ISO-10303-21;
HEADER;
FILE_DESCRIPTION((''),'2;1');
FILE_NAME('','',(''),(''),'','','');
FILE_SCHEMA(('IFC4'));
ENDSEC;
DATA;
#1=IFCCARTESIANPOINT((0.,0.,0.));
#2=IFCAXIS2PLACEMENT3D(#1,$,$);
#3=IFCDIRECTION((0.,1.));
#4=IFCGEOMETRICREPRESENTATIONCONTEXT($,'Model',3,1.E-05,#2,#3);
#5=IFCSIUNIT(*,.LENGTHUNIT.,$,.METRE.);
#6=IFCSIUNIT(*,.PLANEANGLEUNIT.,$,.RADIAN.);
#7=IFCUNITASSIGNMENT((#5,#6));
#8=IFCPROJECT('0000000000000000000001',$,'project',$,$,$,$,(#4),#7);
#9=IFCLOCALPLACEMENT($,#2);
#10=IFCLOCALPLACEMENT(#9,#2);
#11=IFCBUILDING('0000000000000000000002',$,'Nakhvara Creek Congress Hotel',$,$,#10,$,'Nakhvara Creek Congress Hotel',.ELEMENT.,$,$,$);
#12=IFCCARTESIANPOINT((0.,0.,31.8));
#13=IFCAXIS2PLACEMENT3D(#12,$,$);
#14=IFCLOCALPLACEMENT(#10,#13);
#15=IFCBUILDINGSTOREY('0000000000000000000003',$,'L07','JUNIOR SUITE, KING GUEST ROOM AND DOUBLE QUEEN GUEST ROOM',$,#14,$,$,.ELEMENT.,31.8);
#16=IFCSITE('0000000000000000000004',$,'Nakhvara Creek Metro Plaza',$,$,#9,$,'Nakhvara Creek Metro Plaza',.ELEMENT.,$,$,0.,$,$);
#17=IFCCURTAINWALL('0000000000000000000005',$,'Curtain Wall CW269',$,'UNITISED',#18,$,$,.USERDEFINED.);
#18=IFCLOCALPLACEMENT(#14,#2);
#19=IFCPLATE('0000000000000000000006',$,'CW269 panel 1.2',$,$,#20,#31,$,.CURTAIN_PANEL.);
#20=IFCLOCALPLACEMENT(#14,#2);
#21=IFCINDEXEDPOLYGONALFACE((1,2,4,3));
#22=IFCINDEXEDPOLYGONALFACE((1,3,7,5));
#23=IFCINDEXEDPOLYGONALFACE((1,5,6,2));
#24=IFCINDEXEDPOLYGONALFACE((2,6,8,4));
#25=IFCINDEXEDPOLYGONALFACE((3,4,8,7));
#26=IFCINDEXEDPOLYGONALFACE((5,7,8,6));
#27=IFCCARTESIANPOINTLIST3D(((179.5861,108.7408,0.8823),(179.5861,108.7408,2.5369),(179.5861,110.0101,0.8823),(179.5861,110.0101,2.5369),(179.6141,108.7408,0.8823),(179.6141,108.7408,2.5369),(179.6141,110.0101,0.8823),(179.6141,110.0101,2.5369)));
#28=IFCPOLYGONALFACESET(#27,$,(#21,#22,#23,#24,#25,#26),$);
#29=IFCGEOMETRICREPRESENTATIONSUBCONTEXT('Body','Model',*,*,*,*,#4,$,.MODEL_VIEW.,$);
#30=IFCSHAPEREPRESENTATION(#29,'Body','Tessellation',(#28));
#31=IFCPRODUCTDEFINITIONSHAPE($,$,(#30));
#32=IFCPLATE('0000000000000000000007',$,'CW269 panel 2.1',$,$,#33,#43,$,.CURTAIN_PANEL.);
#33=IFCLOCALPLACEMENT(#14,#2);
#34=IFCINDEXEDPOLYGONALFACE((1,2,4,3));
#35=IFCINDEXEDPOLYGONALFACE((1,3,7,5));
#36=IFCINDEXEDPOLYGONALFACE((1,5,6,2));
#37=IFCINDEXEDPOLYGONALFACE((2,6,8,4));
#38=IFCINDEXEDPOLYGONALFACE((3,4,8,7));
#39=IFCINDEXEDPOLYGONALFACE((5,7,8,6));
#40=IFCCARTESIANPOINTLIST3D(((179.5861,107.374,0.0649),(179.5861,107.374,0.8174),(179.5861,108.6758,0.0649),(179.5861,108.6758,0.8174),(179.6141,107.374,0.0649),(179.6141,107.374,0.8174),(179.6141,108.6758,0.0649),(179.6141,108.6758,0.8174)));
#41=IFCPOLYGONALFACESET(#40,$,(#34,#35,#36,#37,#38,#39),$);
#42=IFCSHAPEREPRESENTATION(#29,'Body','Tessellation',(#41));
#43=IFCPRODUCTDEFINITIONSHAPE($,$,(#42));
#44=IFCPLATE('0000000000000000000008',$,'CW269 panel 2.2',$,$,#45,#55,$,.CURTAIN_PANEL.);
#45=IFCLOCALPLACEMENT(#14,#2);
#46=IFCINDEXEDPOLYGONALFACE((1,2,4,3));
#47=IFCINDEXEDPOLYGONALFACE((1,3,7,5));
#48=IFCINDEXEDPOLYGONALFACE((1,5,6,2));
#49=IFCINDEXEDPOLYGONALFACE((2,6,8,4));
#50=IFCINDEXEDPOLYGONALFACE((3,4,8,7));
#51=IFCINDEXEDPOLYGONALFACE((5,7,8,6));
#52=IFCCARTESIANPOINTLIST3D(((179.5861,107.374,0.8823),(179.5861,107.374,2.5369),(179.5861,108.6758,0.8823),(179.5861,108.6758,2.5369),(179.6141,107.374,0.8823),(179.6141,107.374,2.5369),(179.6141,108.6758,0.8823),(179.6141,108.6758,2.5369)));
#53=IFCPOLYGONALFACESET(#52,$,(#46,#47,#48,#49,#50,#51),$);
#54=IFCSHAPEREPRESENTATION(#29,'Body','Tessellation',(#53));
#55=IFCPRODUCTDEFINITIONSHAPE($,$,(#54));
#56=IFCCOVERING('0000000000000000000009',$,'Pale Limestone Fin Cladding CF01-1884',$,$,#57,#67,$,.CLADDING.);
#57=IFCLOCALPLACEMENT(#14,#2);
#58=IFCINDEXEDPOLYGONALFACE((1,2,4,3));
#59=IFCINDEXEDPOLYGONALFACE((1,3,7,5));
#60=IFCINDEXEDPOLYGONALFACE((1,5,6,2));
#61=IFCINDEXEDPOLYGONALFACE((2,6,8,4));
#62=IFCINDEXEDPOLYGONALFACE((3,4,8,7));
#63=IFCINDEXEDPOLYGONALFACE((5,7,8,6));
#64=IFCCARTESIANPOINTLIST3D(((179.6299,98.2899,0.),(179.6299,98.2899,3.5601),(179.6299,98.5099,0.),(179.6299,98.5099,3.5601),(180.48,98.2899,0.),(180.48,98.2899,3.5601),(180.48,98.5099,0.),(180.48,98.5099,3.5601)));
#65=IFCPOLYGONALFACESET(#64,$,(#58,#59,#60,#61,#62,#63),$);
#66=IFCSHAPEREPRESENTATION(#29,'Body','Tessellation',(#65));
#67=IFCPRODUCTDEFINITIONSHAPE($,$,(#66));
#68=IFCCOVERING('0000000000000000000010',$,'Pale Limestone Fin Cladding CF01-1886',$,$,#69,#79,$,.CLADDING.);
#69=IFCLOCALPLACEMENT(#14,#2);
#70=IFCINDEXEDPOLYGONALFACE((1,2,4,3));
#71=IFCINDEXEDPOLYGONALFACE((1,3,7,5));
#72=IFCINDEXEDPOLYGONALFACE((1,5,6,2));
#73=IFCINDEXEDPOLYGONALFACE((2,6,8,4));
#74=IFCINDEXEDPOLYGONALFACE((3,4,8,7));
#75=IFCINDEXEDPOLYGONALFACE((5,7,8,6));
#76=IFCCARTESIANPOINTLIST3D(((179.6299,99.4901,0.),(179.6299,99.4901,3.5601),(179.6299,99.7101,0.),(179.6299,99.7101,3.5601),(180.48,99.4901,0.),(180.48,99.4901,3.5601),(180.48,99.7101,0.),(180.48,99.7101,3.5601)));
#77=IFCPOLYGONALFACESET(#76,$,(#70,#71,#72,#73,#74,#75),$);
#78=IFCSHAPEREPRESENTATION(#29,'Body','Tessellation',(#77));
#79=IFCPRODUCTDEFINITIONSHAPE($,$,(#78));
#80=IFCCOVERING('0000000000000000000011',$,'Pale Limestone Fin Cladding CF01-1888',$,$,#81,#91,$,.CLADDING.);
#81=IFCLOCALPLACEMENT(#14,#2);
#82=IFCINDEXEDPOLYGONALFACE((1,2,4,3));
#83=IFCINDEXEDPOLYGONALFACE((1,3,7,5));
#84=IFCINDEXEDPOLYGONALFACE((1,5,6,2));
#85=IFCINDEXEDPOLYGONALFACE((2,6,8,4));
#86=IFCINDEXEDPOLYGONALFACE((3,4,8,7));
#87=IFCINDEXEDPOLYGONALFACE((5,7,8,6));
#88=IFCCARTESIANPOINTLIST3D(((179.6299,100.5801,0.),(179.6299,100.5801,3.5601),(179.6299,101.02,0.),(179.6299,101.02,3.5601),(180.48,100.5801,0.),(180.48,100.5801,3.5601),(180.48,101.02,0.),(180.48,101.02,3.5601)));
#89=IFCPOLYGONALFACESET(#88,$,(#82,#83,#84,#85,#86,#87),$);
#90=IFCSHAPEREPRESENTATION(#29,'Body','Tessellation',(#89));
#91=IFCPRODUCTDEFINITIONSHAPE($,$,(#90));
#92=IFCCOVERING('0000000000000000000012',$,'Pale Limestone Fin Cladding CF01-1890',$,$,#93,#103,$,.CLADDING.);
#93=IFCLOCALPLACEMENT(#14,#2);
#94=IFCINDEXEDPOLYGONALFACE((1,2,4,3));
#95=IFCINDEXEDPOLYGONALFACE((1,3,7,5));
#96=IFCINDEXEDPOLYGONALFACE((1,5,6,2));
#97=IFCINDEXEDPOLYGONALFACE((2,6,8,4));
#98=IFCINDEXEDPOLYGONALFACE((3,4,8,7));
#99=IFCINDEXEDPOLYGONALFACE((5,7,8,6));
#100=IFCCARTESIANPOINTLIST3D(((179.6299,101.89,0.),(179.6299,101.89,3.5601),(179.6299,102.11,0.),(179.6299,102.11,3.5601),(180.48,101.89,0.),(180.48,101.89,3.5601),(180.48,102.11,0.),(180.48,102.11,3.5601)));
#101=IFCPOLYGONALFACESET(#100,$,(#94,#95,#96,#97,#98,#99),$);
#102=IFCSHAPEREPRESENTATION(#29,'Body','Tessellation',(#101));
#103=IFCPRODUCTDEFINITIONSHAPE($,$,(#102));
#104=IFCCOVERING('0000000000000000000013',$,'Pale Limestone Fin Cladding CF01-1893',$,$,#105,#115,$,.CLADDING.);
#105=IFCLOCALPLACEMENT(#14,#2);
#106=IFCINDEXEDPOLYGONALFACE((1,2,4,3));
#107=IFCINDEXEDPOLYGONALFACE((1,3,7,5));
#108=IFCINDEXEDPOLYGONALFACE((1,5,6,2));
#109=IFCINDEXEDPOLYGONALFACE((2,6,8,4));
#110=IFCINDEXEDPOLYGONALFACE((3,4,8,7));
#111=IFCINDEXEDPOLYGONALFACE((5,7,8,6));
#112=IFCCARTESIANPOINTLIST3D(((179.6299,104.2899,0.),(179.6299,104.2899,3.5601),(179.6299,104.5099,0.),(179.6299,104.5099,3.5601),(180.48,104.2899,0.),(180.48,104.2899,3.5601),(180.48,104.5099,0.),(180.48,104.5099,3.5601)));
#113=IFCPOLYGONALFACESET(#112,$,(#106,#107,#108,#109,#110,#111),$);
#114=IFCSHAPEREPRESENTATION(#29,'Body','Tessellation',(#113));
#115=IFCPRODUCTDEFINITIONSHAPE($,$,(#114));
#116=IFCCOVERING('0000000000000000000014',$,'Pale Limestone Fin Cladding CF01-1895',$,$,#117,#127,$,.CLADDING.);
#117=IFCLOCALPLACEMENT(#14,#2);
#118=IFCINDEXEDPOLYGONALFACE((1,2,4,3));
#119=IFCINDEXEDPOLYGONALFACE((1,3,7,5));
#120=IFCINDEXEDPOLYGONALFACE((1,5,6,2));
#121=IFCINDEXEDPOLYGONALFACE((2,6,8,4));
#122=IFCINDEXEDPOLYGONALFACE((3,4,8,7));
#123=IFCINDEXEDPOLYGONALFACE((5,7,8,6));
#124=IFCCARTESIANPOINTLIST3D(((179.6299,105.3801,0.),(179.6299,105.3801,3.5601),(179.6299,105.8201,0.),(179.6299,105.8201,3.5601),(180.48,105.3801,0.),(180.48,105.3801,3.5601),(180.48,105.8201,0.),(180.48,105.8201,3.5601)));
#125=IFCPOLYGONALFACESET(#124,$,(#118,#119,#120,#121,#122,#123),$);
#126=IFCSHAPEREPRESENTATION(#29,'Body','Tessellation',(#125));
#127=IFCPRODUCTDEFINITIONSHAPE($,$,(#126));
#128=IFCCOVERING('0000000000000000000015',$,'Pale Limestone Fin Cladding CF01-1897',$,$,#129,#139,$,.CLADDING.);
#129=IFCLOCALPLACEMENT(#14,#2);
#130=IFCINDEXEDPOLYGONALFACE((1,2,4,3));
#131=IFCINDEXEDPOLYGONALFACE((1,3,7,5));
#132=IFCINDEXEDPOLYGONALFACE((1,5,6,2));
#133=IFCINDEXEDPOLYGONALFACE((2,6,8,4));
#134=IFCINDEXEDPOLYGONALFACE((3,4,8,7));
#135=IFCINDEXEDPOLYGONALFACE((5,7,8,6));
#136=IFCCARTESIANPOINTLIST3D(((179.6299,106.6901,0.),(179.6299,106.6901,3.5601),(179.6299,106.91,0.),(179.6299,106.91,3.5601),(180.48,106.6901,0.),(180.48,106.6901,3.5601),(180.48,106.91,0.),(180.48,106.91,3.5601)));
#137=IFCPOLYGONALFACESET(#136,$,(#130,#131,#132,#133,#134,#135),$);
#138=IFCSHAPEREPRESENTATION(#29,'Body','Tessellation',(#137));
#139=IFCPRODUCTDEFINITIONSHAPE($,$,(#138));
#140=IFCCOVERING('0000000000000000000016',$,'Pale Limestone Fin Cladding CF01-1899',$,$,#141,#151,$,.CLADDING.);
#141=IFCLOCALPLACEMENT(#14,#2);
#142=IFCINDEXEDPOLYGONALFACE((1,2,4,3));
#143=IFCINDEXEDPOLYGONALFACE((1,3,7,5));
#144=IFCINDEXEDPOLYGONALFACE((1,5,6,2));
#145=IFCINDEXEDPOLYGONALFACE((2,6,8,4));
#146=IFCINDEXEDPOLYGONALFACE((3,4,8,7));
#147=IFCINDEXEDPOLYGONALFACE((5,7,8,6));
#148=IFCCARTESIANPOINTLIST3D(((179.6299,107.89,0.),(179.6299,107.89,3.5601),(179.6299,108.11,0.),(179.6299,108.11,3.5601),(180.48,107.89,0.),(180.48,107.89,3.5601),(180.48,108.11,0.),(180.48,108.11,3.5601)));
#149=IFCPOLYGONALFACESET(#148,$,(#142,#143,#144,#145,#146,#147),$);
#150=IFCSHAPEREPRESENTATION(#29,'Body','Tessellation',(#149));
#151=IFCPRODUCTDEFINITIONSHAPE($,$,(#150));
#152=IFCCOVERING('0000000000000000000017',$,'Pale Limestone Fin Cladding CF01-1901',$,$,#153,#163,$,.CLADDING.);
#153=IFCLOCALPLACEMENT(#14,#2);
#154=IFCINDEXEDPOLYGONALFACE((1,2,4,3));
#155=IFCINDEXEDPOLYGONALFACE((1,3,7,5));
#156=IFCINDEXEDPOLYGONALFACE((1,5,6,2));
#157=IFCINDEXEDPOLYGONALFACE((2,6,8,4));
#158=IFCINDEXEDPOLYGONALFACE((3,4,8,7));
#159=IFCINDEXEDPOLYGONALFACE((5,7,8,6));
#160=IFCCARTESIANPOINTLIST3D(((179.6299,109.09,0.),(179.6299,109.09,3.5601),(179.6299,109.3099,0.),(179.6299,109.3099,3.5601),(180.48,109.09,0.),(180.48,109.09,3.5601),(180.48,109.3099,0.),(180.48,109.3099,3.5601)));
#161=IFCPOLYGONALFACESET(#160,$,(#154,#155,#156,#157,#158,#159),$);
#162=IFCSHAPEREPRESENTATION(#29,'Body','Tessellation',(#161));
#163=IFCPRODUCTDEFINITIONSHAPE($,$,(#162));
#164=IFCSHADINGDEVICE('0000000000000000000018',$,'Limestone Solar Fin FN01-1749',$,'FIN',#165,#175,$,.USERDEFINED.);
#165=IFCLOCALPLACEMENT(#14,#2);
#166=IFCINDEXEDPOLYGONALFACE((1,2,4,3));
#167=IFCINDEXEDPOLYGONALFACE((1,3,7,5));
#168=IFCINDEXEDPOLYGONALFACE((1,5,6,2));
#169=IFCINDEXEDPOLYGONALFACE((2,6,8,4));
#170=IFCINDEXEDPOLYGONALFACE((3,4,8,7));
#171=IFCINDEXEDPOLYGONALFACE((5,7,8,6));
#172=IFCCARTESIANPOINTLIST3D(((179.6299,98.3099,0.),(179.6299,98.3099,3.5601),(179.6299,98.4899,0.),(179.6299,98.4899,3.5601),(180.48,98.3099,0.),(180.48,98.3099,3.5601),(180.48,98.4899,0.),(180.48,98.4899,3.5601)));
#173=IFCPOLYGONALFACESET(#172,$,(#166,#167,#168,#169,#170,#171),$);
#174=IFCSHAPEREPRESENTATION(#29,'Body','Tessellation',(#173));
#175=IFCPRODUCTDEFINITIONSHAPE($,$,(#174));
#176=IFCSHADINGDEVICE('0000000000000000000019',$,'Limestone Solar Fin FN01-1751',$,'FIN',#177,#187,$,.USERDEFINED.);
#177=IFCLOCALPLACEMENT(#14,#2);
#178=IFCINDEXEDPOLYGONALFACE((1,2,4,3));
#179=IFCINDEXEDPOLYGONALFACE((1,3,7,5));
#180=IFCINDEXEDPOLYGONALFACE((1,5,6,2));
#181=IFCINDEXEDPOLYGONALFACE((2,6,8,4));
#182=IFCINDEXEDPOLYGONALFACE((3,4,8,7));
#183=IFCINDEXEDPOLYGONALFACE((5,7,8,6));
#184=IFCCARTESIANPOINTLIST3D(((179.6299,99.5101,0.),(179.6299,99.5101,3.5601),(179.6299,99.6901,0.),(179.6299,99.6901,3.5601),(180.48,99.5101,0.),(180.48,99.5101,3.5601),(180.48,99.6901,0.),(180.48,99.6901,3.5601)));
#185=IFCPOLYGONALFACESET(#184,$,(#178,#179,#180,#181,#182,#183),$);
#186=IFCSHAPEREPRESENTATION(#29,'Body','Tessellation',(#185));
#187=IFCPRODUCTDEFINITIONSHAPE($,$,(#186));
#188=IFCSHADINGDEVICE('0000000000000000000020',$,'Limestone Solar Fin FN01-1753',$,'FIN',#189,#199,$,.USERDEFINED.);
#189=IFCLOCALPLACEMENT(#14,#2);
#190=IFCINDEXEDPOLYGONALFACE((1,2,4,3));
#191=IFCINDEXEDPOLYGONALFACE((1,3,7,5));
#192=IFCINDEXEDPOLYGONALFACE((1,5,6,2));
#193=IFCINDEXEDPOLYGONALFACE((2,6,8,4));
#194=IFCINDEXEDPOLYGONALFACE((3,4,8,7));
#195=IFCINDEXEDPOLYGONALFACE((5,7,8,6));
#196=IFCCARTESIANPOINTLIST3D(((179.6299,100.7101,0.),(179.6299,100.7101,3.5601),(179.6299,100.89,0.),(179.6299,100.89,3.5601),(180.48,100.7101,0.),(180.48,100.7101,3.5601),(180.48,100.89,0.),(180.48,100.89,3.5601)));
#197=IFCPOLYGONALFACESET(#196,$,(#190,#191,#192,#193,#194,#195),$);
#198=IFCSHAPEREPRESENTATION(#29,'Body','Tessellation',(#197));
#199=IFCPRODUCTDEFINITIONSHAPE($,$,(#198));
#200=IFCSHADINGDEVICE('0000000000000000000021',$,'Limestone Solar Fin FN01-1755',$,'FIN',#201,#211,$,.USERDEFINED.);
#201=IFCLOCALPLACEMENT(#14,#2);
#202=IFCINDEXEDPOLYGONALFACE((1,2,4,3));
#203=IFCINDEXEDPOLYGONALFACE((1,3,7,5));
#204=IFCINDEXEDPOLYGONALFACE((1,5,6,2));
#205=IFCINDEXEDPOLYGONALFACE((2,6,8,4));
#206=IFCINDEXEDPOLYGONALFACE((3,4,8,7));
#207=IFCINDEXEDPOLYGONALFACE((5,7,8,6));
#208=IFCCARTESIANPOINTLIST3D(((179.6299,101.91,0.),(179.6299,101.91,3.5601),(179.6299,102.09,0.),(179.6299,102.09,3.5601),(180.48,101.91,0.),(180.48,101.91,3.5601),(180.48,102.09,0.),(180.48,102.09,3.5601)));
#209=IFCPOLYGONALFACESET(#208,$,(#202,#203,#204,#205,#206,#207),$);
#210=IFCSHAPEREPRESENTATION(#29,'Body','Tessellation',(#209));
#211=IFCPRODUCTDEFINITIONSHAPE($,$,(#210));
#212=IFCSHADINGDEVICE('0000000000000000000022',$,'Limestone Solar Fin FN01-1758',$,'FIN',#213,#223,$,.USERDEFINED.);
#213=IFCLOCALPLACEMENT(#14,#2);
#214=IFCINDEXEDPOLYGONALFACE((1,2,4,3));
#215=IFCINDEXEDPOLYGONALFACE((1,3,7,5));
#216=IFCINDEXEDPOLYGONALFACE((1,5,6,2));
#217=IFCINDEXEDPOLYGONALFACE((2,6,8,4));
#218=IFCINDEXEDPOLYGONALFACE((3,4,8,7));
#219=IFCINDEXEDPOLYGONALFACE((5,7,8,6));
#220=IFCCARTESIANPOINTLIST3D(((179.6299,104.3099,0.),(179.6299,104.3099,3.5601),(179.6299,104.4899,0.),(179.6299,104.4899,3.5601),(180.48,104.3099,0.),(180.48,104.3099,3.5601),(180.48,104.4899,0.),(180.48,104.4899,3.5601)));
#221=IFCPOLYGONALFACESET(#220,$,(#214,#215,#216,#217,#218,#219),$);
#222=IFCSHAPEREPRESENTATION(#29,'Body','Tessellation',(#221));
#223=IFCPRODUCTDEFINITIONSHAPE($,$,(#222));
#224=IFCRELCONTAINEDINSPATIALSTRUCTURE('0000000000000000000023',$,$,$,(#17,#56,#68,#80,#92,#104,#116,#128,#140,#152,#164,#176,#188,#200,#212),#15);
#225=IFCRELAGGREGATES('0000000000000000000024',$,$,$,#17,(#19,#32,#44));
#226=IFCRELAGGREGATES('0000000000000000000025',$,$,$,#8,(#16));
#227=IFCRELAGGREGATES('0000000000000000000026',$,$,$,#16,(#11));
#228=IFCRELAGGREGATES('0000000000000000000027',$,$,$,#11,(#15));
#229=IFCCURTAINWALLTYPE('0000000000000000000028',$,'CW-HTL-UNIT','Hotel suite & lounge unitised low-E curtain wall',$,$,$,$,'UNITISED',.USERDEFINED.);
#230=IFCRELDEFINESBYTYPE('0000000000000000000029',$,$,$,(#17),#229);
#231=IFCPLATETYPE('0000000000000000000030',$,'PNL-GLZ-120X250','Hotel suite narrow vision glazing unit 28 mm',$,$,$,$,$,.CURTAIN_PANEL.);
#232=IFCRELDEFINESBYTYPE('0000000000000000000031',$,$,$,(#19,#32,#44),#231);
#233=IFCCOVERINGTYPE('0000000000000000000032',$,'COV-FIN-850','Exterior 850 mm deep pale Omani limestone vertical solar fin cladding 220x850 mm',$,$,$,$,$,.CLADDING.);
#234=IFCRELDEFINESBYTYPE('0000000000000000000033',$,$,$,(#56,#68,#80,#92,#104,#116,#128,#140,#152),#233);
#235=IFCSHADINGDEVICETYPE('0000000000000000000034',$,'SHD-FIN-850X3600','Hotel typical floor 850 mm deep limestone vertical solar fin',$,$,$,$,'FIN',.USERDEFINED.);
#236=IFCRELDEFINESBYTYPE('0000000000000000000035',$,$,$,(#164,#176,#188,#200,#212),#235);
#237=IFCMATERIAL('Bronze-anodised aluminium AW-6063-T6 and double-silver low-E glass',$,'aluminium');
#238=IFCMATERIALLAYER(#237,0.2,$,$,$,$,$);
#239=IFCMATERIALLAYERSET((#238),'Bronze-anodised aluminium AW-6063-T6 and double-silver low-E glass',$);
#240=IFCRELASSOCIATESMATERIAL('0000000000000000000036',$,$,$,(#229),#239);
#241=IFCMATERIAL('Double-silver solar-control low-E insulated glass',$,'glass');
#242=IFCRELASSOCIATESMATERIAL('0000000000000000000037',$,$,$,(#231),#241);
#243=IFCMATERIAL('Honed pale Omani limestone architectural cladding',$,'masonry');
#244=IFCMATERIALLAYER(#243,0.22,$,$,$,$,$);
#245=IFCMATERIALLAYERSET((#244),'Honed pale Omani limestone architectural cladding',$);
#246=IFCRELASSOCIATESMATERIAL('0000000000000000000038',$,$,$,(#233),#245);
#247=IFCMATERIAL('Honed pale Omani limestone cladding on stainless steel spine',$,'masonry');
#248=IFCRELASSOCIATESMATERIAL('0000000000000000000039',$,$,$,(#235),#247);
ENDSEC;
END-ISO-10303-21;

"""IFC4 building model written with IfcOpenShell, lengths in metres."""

from ifc_helpers import new_model, si_unit, direction, frame, origin, origin_2d, place, context, subcontext, project, spatial, rectangle, extrude, material, layer, layer_set, type_object, element, aggregate, save


model = new_model("IFC4")

# Units and contexts
model_context = context("Model", 3, precision=1e-05, world=origin(), true_north=direction((0.0, 1.0)))
body_context = subcontext(model_context, "Body", "Model", "MODEL_VIEW")
ifc_project = project(units=[si_unit("LENGTHUNIT", "METRE"), si_unit("PLANEANGLEUNIT", "RADIAN")], contexts=[model_context])

# Site, building, storey
site_placement = place(None, origin())
site = spatial("IfcSite", under=ifc_project, at=site_placement, Name="Nakhvara Creek Metro Plaza", LongName="Nakhvara Creek Metro Plaza", CompositionType="ELEMENT", RefElevation=0.0)
building_placement = place(site_placement, origin())
building = spatial("IfcBuilding", under=site, at=building_placement, Name="Nakhvara Creek Congress Hotel", LongName="Nakhvara Creek Congress Hotel", CompositionType="ELEMENT")
storey_placement = place(building_placement, frame((0.0, 0.0, 31.8)))
storey = spatial("IfcBuildingStorey", under=building, at=storey_placement, Name="L07", Description="JUNIOR SUITE, KING GUEST ROOM AND DOUBLE QUEEN GUEST ROOM", CompositionType="ELEMENT", Elevation=31.8)

# Curtain wall, plates
ifc_material_1 = material(Name="Bronze-anodised aluminium AW-6063-T6 and double-silver low-E glass", Category="aluminium")
ifc_layer_1 = layer(ifc_material_1, 0.2)
ifc_layer_set_1 = layer_set([ifc_layer_1], Name="Bronze-anodised aluminium AW-6063-T6 and double-silver low-E glass")
curtain_wall_type = type_object("IfcCurtainWallType", Name="CW-HTL-UNIT", Description="Hotel suite & lounge unitised low-E curtain wall", ElementType="UNITISED", PredefinedType="USERDEFINED", material=ifc_layer_set_1)
curtain_wall_placement = place(storey_placement, origin())
curtain_wall = element("IfcCurtainWall", 1, at=curtain_wall_placement, inside=storey, type_object=curtain_wall_type, Name="Curtain Wall CW269", ObjectType="UNITISED", PredefinedType="USERDEFINED")
ifc_material_2 = material(Name="Double-silver solar-control low-E insulated glass", Category="glass")
plate_type = type_object("IfcPlateType", Name="PNL-GLZ-120X250", Description="Hotel suite narrow vision glazing unit 28 mm", PredefinedType="CURTAIN_PANEL", material=ifc_material_2)
plate_1_placement = place(storey_placement, frame((179.6001, 109.3755, 0.8823), z_axis=(0.0, 0.0, 1.0), x_axis=(0.0, -1.0, 0.0)))
plate_1 = element("IfcPlate", 2, at=plate_1_placement, type_object=plate_type, Name="CW269 panel 1.2", PredefinedType="CURTAIN_PANEL", context=body_context, shape_type="SweptSolid", body=[
    extrude(rectangle(XDim=1.2693, YDim=0.0281, at=origin_2d()), origin(), (0.0, 0.0, 1.0), 1.6545),
])
plate_2_placement = place(storey_placement, frame((179.6001, 108.0249, 0.0649), z_axis=(0.0, 0.0, 1.0), x_axis=(0.0, -1.0, 0.0)))
plate_2 = element("IfcPlate", 3, at=plate_2_placement, type_object=plate_type, Name="CW269 panel 2.1", PredefinedType="CURTAIN_PANEL", context=body_context, shape_type="SweptSolid", body=[
    extrude(rectangle(XDim=1.3018, YDim=0.0281, at=origin_2d()), origin(), (0.0, 0.0, 1.0), 0.7524),
])
plate_3_placement = place(storey_placement, frame((179.6001, 108.0249, 0.8823), z_axis=(0.0, 0.0, 1.0), x_axis=(0.0, -1.0, 0.0)))
plate_3 = element("IfcPlate", 4, at=plate_3_placement, type_object=plate_type, Name="CW269 panel 2.2", PredefinedType="CURTAIN_PANEL", context=body_context, shape_type="SweptSolid", body=[
    extrude(rectangle(XDim=1.3018, YDim=0.0281, at=origin_2d()), origin(), (0.0, 0.0, 1.0), 1.6545),
])
aggregate(curtain_wall, [plate_1, plate_2, plate_3])

# Coverings
ifc_material_3 = material(Name="Honed pale Omani limestone architectural cladding", Category="masonry")
ifc_layer_2 = layer(ifc_material_3, 0.22)
ifc_layer_set_2 = layer_set([ifc_layer_2], Name="Honed pale Omani limestone architectural cladding")
covering_type = type_object("IfcCoveringType", Name="COV-FIN-850", Description="Exterior 850 mm deep pale Omani limestone vertical solar fin cladding 220x850 mm", PredefinedType="CLADDING", material=ifc_layer_set_2)
for number, where, z_axis, x_axis, name in (
    (5, (180.0549, 98.3999, 0.0), (0.0, 0.0, 1.0), (0.0, 1.0, 0.0), "Pale Limestone Fin Cladding CF01-1884"),
    (6, (180.0549, 99.6001, 0.0), (0.0, 0.0, 1.0), (0.0, 1.0, 0.0), "Pale Limestone Fin Cladding CF01-1886"),
):
    element("IfcCovering", number, at=place(storey_placement, frame(where, z_axis=z_axis, x_axis=x_axis)), inside=storey, type_object=covering_type, Name=name, PredefinedType="CLADDING", context=body_context, shape_type="SweptSolid", body=[
        extrude(rectangle(XDim=0.22, YDim=0.8501, at=origin_2d()), origin(), (0.0, 0.0, 1.0), 3.5601),
    ])
covering_1_placement = place(storey_placement, frame((180.0549, 100.8, 0.0), z_axis=(0.0, 0.0, 1.0), x_axis=(0.0, 1.0, 0.0)))
element("IfcCovering", 7, at=covering_1_placement, inside=storey, type_object=covering_type, Name="Pale Limestone Fin Cladding CF01-1888", PredefinedType="CLADDING", context=body_context, shape_type="SweptSolid", body=[
    extrude(rectangle(XDim=0.4399, YDim=0.8501, at=origin_2d()), origin(), (0.0, 0.0, 1.0), 3.5601),
])
for number, where, z_axis, x_axis, name in (
    (8, (180.0549, 102.0, 0.0), (0.0, 0.0, 1.0), (0.0, 1.0, 0.0), "Pale Limestone Fin Cladding CF01-1890"),
    (9, (180.0549, 104.3999, 0.0), (0.0, 0.0, 1.0), (0.0, 1.0, 0.0), "Pale Limestone Fin Cladding CF01-1893"),
):
    element("IfcCovering", number, at=place(storey_placement, frame(where, z_axis=z_axis, x_axis=x_axis)), inside=storey, type_object=covering_type, Name=name, PredefinedType="CLADDING", context=body_context, shape_type="SweptSolid", body=[
        extrude(rectangle(XDim=0.22, YDim=0.8501, at=origin_2d()), origin(), (0.0, 0.0, 1.0), 3.5601),
    ])
covering_2_placement = place(storey_placement, frame((180.0549, 105.6001, 0.0), z_axis=(0.0, 0.0, 1.0), x_axis=(0.0, 1.0, 0.0)))
element("IfcCovering", 10, at=covering_2_placement, inside=storey, type_object=covering_type, Name="Pale Limestone Fin Cladding CF01-1895", PredefinedType="CLADDING", context=body_context, shape_type="SweptSolid", body=[
    extrude(rectangle(XDim=0.4399, YDim=0.8501, at=origin_2d()), origin(), (0.0, 0.0, 1.0), 3.5601),
])
for number, where, z_axis, x_axis, name in (
    (11, (180.0549, 106.8, 0.0), (0.0, 0.0, 1.0), (0.0, 1.0, 0.0), "Pale Limestone Fin Cladding CF01-1897"),
    (12, (180.0549, 108.0, 0.0), (0.0, 0.0, 1.0), (0.0, 1.0, 0.0), "Pale Limestone Fin Cladding CF01-1899"),
    (13, (180.0549, 109.2, 0.0), (0.0, 0.0, 1.0), (0.0, 1.0, 0.0), "Pale Limestone Fin Cladding CF01-1901"),
):
    element("IfcCovering", number, at=place(storey_placement, frame(where, z_axis=z_axis, x_axis=x_axis)), inside=storey, type_object=covering_type, Name=name, PredefinedType="CLADDING", context=body_context, shape_type="SweptSolid", body=[
        extrude(rectangle(XDim=0.22, YDim=0.8501, at=origin_2d()), origin(), (0.0, 0.0, 1.0), 3.5601),
    ])

# Shading devices
ifc_material_4 = material(Name="Honed pale Omani limestone cladding on stainless steel spine", Category="masonry")
shading_device_type = type_object("IfcShadingDeviceType", Name="SHD-FIN-850X3600", Description="Hotel typical floor 850 mm deep limestone vertical solar fin", ElementType="FIN", PredefinedType="USERDEFINED", material=ifc_material_4)
for number, where, z_axis, x_axis, name in (
    (14, (180.0549, 98.3999, 0.0), (0.0, 0.0, 1.0), (0.0, 1.0, 0.0), "Limestone Solar Fin FN01-1749"),
    (15, (180.0549, 99.6001, 0.0), (0.0, 0.0, 1.0), (0.0, 1.0, 0.0), "Limestone Solar Fin FN01-1751"),
    (16, (180.0549, 100.8, 0.0), (0.0, 0.0, 1.0), (0.0, 1.0, 0.0), "Limestone Solar Fin FN01-1753"),
    (17, (180.0549, 102.0, 0.0), (0.0, 0.0, 1.0), (0.0, 1.0, 0.0), "Limestone Solar Fin FN01-1755"),
    (18, (180.0549, 104.3999, 0.0), (0.0, 0.0, 1.0), (0.0, 1.0, 0.0), "Limestone Solar Fin FN01-1758"),
):
    element("IfcShadingDevice", number, at=place(storey_placement, frame(where, z_axis=z_axis, x_axis=x_axis)), inside=storey, type_object=shading_device_type, Name=name, ObjectType="FIN", PredefinedType="USERDEFINED", context=body_context, shape_type="SweptSolid", body=[
        extrude(rectangle(XDim=0.1799, YDim=0.8501, at=origin_2d()), origin(), (0.0, 0.0, 1.0), 3.5601),
    ])

save(model, "model.ifc")
